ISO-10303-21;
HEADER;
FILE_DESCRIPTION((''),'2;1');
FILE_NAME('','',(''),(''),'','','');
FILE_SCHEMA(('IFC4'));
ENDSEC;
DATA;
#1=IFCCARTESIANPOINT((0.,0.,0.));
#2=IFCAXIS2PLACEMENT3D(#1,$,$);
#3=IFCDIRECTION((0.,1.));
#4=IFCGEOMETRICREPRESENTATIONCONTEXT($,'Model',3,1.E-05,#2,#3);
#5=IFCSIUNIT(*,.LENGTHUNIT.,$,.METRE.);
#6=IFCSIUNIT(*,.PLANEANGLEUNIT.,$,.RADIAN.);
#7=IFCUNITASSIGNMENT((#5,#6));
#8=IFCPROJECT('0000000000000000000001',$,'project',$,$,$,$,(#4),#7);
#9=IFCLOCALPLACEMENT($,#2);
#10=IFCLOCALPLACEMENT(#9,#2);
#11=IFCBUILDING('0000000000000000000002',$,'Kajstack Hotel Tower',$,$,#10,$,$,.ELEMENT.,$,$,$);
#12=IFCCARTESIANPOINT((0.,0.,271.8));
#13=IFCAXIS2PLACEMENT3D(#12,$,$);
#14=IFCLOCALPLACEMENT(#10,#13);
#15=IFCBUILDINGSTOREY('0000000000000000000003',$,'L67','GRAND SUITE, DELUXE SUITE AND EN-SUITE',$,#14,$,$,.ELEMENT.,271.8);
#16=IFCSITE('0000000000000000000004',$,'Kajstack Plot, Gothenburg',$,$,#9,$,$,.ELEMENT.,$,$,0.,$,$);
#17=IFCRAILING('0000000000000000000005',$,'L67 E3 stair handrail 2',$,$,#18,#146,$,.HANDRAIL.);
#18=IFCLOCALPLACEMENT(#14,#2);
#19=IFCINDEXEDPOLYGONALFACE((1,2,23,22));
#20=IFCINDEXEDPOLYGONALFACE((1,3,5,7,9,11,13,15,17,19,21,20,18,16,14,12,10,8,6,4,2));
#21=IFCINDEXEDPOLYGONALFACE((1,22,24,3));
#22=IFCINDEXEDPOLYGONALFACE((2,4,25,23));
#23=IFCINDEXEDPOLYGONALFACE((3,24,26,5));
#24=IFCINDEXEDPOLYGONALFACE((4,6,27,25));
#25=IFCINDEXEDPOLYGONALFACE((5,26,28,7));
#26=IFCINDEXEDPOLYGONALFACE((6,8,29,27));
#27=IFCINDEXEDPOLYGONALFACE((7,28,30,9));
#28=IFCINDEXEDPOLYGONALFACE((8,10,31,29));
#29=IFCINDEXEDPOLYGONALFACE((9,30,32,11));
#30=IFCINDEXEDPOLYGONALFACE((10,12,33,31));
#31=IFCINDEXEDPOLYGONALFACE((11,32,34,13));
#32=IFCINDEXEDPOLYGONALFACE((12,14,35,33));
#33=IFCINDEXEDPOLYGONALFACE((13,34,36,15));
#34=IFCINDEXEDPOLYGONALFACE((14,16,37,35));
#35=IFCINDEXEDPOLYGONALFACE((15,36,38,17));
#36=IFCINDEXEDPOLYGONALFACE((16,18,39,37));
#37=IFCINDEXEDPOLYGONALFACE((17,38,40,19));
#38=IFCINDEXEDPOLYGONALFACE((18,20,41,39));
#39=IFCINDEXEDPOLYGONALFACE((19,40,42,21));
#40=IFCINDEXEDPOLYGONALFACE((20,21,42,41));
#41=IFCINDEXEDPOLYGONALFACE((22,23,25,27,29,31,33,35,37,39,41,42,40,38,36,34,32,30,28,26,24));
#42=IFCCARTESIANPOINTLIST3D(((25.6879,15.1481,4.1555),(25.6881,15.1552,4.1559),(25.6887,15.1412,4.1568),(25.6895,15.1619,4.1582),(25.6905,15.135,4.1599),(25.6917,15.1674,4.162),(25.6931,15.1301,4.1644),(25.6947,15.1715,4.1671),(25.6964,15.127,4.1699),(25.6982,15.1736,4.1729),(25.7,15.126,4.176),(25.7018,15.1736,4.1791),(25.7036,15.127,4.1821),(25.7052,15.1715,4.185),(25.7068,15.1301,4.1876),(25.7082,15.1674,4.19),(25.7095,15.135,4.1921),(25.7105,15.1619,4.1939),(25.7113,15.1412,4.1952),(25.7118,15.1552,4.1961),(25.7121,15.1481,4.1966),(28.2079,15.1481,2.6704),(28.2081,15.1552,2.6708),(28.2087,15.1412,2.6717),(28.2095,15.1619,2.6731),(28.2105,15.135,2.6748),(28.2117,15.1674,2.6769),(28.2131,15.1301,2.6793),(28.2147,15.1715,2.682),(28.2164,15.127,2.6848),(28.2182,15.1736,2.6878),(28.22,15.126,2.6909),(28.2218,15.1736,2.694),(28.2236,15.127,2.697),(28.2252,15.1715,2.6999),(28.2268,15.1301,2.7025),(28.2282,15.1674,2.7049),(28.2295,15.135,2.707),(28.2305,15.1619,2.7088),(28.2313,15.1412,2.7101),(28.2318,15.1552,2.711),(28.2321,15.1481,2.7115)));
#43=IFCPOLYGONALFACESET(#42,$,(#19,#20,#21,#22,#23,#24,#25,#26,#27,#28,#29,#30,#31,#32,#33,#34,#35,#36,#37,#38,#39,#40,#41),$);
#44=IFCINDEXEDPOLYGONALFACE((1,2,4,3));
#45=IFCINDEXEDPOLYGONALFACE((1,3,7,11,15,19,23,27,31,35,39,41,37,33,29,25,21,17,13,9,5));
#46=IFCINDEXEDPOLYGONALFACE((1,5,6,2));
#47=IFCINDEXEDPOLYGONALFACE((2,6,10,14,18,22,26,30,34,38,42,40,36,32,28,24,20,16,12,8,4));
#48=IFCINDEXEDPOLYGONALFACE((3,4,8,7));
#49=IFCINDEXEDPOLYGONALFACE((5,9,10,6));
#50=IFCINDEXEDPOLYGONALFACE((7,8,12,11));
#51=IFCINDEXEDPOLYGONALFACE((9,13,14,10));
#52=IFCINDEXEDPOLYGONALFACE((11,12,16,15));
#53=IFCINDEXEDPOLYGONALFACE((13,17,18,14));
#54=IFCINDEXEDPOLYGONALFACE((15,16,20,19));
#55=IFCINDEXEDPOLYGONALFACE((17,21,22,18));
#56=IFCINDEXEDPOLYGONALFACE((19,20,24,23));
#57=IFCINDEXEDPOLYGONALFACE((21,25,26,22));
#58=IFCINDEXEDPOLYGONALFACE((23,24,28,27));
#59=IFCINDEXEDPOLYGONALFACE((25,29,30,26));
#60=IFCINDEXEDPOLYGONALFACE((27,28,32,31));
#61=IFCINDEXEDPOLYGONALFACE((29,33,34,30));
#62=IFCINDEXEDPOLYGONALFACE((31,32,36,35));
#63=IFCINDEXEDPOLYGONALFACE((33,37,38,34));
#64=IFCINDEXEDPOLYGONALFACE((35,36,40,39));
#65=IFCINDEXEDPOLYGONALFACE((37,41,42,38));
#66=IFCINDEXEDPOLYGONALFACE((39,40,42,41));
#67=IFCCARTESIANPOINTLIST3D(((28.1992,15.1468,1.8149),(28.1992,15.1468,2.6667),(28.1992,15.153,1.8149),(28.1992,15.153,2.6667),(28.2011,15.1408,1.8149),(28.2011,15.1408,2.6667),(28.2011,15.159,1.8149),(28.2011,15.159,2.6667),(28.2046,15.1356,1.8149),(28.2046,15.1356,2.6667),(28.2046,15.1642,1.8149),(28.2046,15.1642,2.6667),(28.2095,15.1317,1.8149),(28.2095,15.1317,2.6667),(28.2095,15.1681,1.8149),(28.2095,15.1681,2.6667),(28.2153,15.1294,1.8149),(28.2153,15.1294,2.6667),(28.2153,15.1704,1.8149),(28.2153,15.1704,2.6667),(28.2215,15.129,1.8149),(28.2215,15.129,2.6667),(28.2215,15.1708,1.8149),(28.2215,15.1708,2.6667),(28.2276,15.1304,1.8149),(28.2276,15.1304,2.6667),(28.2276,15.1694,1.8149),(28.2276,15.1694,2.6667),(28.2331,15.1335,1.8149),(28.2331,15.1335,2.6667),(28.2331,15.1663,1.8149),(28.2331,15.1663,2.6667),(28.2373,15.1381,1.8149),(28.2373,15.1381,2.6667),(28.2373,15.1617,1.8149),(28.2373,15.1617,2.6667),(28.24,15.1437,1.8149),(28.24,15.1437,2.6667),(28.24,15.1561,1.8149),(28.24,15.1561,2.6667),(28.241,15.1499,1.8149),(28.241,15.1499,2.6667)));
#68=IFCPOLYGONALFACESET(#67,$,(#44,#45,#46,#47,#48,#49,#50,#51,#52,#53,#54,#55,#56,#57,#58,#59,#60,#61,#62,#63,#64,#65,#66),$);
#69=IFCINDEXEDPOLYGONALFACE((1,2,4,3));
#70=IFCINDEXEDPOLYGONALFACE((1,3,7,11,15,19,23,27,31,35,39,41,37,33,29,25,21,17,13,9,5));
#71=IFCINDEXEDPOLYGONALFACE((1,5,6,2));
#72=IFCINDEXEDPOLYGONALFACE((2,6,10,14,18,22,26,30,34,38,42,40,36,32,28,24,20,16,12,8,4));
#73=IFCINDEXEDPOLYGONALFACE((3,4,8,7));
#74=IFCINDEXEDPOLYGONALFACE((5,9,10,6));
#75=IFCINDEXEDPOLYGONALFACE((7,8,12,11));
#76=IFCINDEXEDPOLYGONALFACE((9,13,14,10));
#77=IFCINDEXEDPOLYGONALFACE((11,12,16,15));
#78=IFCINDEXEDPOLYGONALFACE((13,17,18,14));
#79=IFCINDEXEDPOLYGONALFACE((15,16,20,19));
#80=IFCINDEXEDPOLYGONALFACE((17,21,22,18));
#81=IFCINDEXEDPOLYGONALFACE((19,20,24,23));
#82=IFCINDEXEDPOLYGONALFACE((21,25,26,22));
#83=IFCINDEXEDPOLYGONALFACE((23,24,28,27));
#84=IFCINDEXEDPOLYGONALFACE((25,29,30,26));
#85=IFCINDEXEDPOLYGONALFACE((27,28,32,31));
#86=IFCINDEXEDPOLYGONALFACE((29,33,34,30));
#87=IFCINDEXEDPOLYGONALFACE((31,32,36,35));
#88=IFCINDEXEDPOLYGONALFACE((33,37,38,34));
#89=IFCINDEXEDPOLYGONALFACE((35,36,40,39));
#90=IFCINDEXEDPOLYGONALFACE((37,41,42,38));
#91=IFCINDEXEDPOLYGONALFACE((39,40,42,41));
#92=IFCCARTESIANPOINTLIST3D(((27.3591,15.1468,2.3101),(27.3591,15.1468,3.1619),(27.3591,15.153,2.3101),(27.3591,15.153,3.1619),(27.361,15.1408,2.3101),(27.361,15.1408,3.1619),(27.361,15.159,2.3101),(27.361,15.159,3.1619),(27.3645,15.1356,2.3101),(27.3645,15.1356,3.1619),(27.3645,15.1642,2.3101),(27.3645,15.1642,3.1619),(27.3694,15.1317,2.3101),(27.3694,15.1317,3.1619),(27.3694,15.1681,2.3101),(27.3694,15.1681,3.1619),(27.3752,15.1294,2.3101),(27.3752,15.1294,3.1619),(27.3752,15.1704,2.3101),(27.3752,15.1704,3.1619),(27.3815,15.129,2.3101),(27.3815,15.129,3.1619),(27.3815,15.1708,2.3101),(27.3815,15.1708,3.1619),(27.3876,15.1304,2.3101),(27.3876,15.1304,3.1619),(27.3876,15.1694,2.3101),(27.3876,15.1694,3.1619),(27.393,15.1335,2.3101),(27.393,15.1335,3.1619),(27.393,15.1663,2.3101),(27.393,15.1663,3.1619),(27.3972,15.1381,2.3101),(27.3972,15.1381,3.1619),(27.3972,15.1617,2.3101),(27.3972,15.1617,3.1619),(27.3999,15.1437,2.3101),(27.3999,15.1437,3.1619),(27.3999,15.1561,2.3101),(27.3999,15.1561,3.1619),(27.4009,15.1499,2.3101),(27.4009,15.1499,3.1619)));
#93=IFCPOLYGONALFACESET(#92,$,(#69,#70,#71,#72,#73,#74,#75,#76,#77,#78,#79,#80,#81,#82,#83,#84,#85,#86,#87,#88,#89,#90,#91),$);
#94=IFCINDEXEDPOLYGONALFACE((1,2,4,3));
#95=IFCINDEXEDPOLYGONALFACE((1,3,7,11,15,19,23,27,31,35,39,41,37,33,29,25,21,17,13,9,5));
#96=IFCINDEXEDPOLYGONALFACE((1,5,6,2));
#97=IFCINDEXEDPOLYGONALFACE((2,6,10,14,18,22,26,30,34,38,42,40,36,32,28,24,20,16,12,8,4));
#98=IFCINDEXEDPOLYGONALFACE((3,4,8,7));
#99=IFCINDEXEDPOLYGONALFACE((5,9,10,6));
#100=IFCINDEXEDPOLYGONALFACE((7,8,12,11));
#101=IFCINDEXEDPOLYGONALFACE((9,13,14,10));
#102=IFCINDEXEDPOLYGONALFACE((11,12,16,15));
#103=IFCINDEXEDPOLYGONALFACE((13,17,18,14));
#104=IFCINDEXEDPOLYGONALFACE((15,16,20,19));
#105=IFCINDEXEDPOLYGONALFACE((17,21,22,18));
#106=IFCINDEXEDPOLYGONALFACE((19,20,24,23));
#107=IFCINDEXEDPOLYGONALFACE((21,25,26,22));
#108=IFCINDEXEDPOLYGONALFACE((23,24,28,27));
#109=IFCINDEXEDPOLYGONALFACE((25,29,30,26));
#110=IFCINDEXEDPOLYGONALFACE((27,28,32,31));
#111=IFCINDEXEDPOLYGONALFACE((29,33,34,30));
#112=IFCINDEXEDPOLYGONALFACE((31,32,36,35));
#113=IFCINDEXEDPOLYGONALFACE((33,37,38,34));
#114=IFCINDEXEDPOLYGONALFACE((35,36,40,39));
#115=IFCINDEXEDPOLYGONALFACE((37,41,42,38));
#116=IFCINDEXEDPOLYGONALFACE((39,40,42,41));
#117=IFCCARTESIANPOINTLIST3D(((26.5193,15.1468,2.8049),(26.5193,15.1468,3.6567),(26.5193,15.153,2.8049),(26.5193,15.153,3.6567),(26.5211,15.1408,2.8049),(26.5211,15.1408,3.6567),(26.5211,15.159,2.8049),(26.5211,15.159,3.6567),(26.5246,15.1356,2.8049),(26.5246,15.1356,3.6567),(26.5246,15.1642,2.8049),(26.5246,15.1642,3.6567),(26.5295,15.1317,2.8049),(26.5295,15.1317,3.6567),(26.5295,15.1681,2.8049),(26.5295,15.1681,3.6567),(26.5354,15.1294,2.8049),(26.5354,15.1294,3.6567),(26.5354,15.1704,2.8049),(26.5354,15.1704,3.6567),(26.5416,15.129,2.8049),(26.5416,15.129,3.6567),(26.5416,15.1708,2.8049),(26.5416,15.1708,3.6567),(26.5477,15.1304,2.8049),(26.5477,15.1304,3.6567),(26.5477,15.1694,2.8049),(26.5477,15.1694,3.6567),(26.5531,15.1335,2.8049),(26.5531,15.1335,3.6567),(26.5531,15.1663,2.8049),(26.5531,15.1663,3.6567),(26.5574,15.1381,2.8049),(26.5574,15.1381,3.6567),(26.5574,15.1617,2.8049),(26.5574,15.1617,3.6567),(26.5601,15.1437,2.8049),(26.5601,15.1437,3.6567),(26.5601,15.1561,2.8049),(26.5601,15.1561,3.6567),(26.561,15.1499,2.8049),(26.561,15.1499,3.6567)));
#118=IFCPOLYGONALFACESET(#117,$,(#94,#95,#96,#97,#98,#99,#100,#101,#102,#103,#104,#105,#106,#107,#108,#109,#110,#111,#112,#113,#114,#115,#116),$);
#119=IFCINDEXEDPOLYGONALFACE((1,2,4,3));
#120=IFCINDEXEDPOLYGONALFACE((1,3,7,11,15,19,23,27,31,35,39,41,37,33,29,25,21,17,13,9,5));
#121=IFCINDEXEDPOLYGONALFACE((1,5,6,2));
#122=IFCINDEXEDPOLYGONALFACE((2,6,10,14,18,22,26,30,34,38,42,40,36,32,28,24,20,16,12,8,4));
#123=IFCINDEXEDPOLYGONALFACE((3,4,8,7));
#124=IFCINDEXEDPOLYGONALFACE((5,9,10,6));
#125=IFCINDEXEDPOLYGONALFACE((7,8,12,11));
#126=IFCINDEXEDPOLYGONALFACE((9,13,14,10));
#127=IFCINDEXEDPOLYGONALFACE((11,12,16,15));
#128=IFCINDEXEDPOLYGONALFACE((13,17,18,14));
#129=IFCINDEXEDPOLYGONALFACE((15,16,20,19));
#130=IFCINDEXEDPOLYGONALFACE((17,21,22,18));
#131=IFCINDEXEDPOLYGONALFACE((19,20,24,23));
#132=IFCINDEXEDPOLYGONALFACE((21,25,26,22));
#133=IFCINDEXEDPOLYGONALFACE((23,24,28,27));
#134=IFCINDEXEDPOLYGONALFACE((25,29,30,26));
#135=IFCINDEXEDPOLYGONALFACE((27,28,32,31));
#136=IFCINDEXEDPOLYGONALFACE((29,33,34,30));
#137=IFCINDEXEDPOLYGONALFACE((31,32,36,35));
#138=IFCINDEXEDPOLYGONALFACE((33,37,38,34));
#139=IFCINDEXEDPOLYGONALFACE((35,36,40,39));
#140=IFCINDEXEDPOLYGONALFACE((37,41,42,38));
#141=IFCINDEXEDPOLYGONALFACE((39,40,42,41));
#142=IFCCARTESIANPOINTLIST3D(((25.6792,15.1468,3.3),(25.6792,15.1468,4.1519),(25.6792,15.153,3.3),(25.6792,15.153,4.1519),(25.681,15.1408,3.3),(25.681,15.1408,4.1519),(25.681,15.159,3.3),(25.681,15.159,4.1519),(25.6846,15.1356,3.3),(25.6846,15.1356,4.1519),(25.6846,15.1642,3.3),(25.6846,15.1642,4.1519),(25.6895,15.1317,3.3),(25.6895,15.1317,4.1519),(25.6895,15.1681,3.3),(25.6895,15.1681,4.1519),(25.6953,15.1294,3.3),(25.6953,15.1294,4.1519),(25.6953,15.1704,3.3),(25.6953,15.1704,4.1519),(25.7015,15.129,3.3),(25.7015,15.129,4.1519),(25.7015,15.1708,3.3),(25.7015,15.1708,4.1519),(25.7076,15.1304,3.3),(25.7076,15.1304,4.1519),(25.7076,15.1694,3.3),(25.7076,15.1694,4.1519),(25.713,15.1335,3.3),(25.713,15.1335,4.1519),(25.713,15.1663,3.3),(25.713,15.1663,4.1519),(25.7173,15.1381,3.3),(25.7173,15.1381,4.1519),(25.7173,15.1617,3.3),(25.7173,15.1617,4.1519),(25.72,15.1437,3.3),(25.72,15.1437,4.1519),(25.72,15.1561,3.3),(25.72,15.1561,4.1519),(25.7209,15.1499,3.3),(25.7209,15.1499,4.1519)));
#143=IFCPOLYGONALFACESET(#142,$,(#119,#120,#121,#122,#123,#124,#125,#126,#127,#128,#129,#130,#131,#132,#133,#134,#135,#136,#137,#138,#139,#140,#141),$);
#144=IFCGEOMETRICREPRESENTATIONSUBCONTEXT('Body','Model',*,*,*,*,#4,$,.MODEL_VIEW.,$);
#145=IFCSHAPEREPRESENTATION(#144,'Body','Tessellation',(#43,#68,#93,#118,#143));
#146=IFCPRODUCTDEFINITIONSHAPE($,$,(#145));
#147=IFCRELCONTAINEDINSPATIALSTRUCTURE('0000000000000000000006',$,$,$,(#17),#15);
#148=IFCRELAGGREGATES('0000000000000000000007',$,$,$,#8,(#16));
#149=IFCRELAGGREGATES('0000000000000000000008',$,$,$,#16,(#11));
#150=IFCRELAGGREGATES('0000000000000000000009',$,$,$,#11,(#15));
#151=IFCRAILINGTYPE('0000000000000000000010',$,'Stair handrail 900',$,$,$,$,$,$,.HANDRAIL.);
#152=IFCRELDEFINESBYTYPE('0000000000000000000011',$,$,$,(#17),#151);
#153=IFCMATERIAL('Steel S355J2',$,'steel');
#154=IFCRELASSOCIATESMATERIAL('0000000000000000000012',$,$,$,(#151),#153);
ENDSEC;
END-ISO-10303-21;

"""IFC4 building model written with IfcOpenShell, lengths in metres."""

from ifc_helpers import new_model, si_unit, direction, frame, origin, origin_2d, place, context, subcontext, project, spatial, circle, extrude, material, type_object, element, save


model = new_model("IFC4")

# Units and contexts
model_context = context("Model", 3, precision=1e-05, world=origin(), true_north=direction((0.0, 1.0)))
body_context = subcontext(model_context, "Body", "Model", "MODEL_VIEW")
ifc_project = project(units=[si_unit("LENGTHUNIT", "METRE"), si_unit("PLANEANGLEUNIT", "RADIAN")], contexts=[model_context])

# Site, building, storey
site_placement = place(None, origin())
site = spatial("IfcSite", under=ifc_project, at=site_placement, Name="Kajstack Plot, Gothenburg", CompositionType="ELEMENT", RefElevation=0.0)
building_placement = place(site_placement, origin())
building = spatial("IfcBuilding", under=site, at=building_placement, Name="Kajstack Hotel Tower", CompositionType="ELEMENT")
storey_placement = place(building_placement, frame((0.0, 0.0, 271.8)))
storey = spatial("IfcBuildingStorey", under=building, at=storey_placement, Name="L67", Description="GRAND SUITE, DELUXE SUITE AND EN-SUITE", CompositionType="ELEMENT", Elevation=271.8)

# Railing
ifc_material_1 = material(Name="Steel S355J2", Category="steel")
railing_type_1 = type_object("IfcRailingType", Name="Stair handrail 900", PredefinedType="HANDRAIL", material=ifc_material_1)
railing_1_placement = place(storey_placement, frame((28.22, 15.1499, 1.8149)))
element("IfcRailing", 1, at=railing_1_placement, inside=storey, type_object=railing_type_1, Name="L67 E3 stair handrail 2", PredefinedType="HANDRAIL", context=body_context, shape_type="SweptSolid", body=[
    extrude(circle(Radius=0.0239, at=origin_2d()), frame((0.0, 0.0, 0.876), z_axis=(-0.861524, 0.0, 0.507717), x_axis=(0.0, -1.0, 0.0)), (0.0, 0.0, 1.0), 2.925),
    extrude(circle(Radius=0.021, at=origin_2d()), origin(), (0.0, 0.0, 1.0), 0.8518),
    extrude(circle(Radius=0.021, at=origin_2d()), frame((-0.8401, 0.0, 0.4951)), (0.0, 0.0, 1.0), 0.8518),
    extrude(circle(Radius=0.021, at=origin_2d()), frame((-1.6799, 0.0, 0.99)), (0.0, 0.0, 1.0), 0.8518),
    extrude(circle(Radius=0.021, at=origin_2d()), frame((-2.52, 0.0, 1.4851)), (0.0, 0.0, 1.0), 0.8518),
])

save(model, "model.ifc")
